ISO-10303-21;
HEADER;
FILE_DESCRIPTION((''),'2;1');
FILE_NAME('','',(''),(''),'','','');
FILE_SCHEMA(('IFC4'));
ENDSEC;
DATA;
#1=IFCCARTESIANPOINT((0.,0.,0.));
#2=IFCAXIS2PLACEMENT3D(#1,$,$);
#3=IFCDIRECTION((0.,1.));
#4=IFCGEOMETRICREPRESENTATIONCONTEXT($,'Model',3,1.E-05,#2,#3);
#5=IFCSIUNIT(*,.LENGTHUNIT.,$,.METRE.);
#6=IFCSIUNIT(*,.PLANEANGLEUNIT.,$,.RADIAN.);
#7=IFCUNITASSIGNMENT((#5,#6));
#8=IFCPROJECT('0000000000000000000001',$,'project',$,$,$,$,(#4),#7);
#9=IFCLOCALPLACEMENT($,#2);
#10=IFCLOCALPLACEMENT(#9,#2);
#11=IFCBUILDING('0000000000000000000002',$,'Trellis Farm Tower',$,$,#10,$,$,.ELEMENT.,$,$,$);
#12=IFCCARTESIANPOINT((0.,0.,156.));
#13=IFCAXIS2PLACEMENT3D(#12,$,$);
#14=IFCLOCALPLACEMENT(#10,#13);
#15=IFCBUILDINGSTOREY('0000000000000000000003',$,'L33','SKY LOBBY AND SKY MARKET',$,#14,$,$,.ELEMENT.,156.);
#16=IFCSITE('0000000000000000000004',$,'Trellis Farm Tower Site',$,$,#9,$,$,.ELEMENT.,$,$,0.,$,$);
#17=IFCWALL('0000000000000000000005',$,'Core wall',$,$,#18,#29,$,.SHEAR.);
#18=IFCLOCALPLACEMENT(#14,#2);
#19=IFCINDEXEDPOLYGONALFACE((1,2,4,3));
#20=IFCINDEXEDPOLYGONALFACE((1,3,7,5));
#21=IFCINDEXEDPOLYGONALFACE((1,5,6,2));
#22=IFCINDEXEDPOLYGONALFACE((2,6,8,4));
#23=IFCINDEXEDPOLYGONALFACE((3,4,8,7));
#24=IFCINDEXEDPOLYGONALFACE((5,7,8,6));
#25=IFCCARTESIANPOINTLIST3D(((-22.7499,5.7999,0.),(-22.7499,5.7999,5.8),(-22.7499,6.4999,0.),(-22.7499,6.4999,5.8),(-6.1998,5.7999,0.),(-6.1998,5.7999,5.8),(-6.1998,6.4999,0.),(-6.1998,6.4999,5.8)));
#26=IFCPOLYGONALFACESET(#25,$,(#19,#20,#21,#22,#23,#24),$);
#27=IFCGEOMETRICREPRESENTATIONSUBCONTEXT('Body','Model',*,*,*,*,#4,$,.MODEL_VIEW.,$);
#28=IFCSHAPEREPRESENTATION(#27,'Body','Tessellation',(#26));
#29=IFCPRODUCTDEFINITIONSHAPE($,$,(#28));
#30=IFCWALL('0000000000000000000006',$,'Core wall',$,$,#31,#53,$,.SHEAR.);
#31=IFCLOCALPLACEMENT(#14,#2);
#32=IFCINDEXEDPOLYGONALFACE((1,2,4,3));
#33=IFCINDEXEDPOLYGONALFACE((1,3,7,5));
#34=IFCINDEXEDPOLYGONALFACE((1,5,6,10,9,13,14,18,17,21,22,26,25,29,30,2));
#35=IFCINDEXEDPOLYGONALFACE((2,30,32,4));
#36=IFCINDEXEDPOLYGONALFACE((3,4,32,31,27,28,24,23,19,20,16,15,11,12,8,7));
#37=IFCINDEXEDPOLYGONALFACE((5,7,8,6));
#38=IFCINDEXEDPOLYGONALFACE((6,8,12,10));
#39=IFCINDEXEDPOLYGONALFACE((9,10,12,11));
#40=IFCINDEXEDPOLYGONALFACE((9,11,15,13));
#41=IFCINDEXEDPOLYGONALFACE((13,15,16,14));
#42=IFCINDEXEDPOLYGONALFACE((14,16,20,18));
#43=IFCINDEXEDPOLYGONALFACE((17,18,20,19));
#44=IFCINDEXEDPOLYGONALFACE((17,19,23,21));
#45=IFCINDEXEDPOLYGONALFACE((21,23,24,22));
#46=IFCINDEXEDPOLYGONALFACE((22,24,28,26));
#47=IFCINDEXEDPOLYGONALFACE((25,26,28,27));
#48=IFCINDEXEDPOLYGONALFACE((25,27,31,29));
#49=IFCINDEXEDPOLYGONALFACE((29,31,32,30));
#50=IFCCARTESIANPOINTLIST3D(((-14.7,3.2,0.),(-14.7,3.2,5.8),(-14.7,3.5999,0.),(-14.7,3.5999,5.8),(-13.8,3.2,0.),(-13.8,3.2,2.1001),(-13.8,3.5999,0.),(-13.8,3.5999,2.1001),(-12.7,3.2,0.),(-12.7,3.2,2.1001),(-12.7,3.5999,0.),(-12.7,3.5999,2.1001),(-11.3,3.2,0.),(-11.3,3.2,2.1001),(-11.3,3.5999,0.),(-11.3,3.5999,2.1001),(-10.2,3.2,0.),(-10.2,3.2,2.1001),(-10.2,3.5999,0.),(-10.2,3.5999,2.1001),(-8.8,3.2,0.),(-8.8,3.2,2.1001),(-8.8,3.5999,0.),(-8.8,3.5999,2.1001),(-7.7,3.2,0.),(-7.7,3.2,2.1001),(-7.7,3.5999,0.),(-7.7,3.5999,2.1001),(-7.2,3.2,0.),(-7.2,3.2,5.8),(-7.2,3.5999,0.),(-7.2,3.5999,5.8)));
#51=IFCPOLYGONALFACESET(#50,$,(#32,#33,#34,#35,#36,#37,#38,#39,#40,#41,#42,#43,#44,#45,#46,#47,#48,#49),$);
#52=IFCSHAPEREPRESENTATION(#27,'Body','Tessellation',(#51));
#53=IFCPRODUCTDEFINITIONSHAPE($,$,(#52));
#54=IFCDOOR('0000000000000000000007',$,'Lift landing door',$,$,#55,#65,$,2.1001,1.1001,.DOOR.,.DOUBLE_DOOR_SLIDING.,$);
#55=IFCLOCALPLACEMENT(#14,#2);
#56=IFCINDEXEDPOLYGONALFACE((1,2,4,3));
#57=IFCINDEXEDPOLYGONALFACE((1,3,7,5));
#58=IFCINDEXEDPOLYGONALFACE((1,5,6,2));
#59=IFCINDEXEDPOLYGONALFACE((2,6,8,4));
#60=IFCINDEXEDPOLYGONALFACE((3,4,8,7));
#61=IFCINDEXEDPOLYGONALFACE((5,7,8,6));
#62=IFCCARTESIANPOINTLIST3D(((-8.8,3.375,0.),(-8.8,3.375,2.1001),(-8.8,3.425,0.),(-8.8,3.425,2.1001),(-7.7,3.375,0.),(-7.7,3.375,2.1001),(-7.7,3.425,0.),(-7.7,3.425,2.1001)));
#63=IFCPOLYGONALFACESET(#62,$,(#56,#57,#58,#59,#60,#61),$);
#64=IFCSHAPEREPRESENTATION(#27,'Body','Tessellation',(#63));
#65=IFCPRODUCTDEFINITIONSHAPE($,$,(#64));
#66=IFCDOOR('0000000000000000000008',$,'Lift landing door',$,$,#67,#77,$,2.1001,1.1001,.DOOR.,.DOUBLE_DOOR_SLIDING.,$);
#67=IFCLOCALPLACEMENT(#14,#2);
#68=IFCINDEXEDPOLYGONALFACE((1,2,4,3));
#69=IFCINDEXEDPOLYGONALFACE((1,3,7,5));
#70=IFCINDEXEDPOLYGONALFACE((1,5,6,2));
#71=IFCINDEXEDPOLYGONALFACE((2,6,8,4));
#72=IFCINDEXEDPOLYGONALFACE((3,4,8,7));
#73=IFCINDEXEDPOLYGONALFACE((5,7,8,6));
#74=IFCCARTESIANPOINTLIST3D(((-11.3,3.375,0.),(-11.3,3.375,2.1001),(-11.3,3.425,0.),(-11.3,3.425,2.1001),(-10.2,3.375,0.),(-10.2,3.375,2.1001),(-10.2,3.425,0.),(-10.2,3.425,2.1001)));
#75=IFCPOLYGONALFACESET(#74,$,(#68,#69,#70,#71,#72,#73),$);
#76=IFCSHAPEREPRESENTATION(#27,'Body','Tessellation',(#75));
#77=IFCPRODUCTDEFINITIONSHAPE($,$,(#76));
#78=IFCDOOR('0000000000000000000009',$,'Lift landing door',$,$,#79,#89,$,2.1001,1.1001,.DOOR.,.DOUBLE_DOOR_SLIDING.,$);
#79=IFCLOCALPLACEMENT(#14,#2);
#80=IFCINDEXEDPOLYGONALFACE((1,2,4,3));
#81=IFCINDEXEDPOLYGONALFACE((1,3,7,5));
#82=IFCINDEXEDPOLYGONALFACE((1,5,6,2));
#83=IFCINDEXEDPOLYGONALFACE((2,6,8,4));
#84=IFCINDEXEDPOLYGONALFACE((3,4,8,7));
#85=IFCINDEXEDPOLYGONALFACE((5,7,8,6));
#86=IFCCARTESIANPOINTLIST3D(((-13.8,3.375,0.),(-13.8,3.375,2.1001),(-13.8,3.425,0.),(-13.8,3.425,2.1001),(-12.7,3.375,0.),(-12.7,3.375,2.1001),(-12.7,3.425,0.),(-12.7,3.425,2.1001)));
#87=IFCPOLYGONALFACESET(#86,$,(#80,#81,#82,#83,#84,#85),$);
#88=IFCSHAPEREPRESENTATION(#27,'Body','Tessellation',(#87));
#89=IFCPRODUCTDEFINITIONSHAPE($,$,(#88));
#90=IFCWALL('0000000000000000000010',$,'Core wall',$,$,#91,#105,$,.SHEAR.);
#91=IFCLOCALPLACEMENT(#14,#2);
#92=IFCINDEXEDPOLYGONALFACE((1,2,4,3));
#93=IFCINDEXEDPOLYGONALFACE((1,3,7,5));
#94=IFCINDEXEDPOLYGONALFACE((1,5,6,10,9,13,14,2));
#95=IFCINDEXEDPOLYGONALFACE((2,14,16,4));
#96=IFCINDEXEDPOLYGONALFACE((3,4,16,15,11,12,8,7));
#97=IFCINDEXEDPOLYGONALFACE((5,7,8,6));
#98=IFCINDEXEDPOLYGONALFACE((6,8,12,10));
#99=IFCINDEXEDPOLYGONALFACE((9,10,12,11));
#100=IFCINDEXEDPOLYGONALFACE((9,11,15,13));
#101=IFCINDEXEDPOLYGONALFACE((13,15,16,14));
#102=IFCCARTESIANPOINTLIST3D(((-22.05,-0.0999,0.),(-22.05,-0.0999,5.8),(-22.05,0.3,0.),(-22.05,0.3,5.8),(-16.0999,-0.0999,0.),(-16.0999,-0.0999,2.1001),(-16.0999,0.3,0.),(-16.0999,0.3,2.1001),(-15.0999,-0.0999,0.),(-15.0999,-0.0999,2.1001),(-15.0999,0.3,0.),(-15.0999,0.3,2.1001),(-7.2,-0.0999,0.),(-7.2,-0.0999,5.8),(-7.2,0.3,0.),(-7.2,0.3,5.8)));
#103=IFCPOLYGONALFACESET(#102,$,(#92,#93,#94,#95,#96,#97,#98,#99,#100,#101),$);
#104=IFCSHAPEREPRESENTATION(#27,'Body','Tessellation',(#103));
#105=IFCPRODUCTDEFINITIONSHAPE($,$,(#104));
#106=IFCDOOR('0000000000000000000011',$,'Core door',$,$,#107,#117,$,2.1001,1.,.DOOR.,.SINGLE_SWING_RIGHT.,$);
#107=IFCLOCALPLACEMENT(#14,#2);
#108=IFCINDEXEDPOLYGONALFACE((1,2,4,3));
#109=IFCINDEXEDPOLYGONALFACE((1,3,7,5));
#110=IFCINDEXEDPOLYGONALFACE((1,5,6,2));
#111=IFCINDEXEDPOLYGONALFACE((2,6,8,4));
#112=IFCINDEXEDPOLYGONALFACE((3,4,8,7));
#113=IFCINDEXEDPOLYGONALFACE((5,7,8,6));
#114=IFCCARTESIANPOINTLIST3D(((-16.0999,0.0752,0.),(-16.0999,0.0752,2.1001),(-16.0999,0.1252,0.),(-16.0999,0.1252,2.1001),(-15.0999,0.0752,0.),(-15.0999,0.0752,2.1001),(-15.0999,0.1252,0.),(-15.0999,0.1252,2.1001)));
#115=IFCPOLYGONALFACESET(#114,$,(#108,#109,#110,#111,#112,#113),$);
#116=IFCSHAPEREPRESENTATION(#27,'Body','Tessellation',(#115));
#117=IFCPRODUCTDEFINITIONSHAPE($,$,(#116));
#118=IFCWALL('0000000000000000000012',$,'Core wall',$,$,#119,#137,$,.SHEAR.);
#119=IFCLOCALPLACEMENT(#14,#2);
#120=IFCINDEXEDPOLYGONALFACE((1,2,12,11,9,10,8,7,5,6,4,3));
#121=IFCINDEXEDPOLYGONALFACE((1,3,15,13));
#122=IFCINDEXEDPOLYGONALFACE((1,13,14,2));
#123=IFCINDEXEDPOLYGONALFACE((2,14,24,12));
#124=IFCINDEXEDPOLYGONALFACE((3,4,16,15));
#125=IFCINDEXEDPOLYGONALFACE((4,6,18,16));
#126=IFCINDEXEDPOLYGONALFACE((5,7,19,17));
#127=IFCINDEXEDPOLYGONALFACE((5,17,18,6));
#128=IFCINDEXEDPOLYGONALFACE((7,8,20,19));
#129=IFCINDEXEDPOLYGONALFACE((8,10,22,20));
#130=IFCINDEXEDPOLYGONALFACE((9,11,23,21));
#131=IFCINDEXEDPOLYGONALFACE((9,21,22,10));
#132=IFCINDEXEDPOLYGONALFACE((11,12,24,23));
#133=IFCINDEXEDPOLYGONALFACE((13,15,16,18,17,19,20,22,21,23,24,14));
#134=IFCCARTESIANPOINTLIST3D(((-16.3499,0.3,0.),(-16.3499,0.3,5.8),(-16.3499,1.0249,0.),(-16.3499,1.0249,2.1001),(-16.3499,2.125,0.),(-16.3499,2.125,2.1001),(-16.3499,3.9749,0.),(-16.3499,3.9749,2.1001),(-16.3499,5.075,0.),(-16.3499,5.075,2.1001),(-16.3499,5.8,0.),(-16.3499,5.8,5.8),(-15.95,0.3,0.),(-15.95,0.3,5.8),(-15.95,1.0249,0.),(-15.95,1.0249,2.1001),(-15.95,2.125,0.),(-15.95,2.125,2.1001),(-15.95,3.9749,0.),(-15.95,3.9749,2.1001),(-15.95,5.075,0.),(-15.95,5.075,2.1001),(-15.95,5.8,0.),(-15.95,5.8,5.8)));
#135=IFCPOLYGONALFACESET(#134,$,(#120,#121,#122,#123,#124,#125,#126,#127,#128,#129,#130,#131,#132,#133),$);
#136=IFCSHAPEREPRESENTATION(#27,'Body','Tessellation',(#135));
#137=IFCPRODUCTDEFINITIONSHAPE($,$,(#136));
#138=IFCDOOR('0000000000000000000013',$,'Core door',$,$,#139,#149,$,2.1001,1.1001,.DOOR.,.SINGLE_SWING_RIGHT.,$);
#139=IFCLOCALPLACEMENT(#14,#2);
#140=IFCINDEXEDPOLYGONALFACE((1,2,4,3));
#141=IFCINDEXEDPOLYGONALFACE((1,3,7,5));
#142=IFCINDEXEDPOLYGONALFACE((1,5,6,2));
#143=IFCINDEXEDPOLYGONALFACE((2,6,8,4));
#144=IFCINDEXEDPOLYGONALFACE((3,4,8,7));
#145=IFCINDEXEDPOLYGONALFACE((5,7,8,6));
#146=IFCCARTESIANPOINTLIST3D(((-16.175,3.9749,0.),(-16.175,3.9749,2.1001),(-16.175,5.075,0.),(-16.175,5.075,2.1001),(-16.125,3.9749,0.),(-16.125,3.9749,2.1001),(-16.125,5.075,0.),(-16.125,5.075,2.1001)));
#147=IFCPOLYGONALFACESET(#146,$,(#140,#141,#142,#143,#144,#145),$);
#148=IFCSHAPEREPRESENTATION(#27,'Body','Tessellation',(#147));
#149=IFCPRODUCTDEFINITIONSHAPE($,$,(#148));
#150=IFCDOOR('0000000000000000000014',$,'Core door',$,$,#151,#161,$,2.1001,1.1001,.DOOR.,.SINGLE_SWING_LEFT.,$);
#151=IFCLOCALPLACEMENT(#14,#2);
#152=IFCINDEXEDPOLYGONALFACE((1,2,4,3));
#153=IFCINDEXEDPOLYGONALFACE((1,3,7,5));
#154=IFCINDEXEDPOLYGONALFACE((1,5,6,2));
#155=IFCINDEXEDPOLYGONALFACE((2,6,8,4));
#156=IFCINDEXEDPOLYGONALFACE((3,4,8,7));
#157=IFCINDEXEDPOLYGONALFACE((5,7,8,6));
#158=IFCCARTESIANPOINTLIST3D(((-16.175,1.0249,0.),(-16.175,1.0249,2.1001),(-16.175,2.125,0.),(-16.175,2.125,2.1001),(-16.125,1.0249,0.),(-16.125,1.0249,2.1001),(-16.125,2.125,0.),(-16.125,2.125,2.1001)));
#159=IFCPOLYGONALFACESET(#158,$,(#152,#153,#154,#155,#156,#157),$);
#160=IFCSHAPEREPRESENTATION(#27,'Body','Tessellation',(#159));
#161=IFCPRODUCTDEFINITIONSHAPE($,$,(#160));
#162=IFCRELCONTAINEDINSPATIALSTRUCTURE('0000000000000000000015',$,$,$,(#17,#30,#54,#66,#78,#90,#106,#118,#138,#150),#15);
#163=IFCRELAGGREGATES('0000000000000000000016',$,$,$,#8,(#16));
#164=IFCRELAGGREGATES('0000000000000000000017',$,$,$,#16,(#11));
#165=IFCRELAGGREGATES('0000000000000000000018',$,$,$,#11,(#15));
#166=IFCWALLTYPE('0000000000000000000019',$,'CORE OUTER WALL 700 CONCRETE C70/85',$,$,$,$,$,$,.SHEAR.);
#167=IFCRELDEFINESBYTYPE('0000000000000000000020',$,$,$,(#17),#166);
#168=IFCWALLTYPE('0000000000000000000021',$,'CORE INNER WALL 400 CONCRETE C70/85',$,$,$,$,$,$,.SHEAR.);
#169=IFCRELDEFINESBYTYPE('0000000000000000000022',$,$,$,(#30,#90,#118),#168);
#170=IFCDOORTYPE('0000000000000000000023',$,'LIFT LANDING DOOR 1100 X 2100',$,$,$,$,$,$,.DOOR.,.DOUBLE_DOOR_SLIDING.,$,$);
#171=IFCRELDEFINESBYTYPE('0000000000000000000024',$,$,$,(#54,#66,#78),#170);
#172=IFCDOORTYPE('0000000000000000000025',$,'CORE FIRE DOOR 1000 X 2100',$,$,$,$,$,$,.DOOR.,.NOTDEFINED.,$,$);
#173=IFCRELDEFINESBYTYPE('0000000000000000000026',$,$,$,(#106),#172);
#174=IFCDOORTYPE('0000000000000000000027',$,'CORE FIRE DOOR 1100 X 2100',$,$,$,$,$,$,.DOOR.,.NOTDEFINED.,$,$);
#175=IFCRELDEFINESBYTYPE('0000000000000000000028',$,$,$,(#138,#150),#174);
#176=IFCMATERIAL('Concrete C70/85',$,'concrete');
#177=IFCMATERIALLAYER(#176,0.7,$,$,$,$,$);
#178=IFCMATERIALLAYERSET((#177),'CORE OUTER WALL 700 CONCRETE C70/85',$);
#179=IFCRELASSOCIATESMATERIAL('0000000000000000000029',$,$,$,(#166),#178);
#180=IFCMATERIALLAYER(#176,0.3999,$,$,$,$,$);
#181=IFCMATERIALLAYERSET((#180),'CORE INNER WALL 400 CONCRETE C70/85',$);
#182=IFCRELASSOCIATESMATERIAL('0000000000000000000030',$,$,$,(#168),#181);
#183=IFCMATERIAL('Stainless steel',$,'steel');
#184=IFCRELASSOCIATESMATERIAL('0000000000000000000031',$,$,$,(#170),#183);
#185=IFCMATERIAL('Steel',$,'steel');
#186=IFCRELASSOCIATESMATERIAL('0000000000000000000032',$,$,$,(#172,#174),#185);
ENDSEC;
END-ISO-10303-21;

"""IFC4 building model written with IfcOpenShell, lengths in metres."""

from ifc_helpers import new_model, si_unit, direction, frame, frame_2d, origin, place, context, subcontext, project, spatial, rectangle, extrude, source, transform, mapped, material, layer, layer_set, type_object, element, fill, save


model = new_model("IFC4")

# Units and contexts
model_context = context("Model", 3, precision=1e-05, world=origin(), true_north=direction((0.0, 1.0)))
body_context = subcontext(model_context, "Body", "Model", "MODEL_VIEW")
ifc_project = project(units=[si_unit("LENGTHUNIT", "METRE"), si_unit("PLANEANGLEUNIT", "RADIAN")], contexts=[model_context])

# Site, building, storey
site_placement = place(None, origin())
site = spatial("IfcSite", under=ifc_project, at=site_placement, Name="Trellis Farm Tower Site", CompositionType="ELEMENT", RefElevation=0.0)
building_placement = place(site_placement, origin())
building = spatial("IfcBuilding", under=site, at=building_placement, Name="Trellis Farm Tower", CompositionType="ELEMENT")
storey_placement = place(building_placement, frame((0.0, 0.0, 156.0)))
storey = spatial("IfcBuildingStorey", under=building, at=storey_placement, Name="L33", Description="SKY LOBBY AND SKY MARKET", CompositionType="ELEMENT", Elevation=156.0)

# Shared definitions
ifc_material_1 = material(Name="Concrete C70/85", Category="concrete")

# Shared definitions
ifc_layer_1 = layer(ifc_material_1, 0.7)
ifc_layer_set_1 = layer_set([ifc_layer_1], Name="CORE OUTER WALL 700 CONCRETE C70/85")
wall_type_1 = type_object("IfcWallType", Name="CORE OUTER WALL 700 CONCRETE C70/85", PredefinedType="SHEAR", material=ifc_layer_set_1)
ifc_material_2 = material(Name="Steel", Category="steel")

# Wall
ifc_layer_2 = layer(ifc_material_1, 0.3999)
ifc_layer_set_2 = layer_set([ifc_layer_2], Name="CORE INNER WALL 400 CONCRETE C70/85")
wall_type_2 = type_object("IfcWallType", Name="CORE INNER WALL 400 CONCRETE C70/85", PredefinedType="SHEAR", material=ifc_layer_set_2)
shared_shape_1 = source(origin(), body_context, "Body", "SweptSolid", [
    extrude(rectangle(XDim=16.55, YDim=0.7, at=frame_2d((8.2749, 0.0))), origin(), (0.0, 0.0, 1.0), 5.8),
])
wall_1_placement = place(storey_placement, frame((-6.2, 6.1499, 0.0), z_axis=(0.0, 0.0, 1.0), x_axis=(-1.0, 0.0, 0.0)))
element("IfcWall", 1, at=wall_1_placement, inside=storey, type_object=wall_type_1, Name="Core wall", PredefinedType="SHEAR", context=body_context, shape_type="MappedRepresentation", body=[
    mapped(shared_shape_1, transform((0.0, 0.0, 0.0))),
])

# Wall, openings, doors
shared_shape_2 = source(origin(), body_context, "Body", "SweptSolid", [
    extrude(rectangle(XDim=7.5, YDim=0.3999, at=frame_2d((3.75, 0.0))), origin(), (0.0, 0.0, 1.0), 5.8),
])
wall_2_placement = place(storey_placement, frame((-7.2, 3.3999, 0.0), z_axis=(0.0, 0.0, 1.0), x_axis=(-1.0, 0.0, 0.0)))
wall_2 = element("IfcWall", 2, at=wall_2_placement, inside=storey, type_object=wall_type_2, Name="Core wall", PredefinedType="SHEAR", context=body_context, shape_type="MappedRepresentation", body=[
    mapped(shared_shape_2, transform((0.0, 0.0, 0.0))),
])
shared_shape_3 = source(origin(), body_context, "Body", "SweptSolid", [
    extrude(rectangle(XDim=1.1001, YDim=2.1001, at=frame_2d((0.55, 1.05))), frame((0.0, 0.21, 0.0), z_axis=(0.0, -1.0, 0.0), x_axis=(1.0, 0.0, 0.0)), (0.0, 0.0, 1.0), 0.4199),
])
opening_1_placement = place(wall_2_placement, frame((0.5, 0.0, 0.0)))
opening_1 = element("IfcOpeningElement", 3, at=opening_1_placement, cuts=wall_2, PredefinedType="OPENING", context=body_context, shape_type="MappedRepresentation", body=[
    mapped(shared_shape_3, transform((0.0, 0.0, 0.0))),
])
opening_2_placement = place(wall_2_placement, frame((3.0, 0.0, 0.0)))
opening_2 = element("IfcOpeningElement", 4, at=opening_2_placement, cuts=wall_2, PredefinedType="OPENING", context=body_context, shape_type="MappedRepresentation", body=[
    mapped(shared_shape_3, transform((0.0, 0.0, 0.0))),
])
opening_3_placement = place(wall_2_placement, frame((5.5, 0.0, 0.0)))
opening_3 = element("IfcOpeningElement", 5, at=opening_3_placement, cuts=wall_2, PredefinedType="OPENING", context=body_context, shape_type="MappedRepresentation", body=[
    mapped(shared_shape_3, transform((0.0, 0.0, 0.0))),
])
ifc_material_3 = material(Name="Stainless steel", Category="steel")
door_type_1 = type_object("IfcDoorType", Name="LIFT LANDING DOOR 1100 X 2100", OperationType="DOUBLE_DOOR_SLIDING", PredefinedType="DOOR", material=ifc_material_3)
shared_shape_4 = source(origin(), body_context, "Body", "SweptSolid", [
    extrude(rectangle(XDim=1.1001, YDim=2.1001, at=frame_2d((0.55, 1.05))), frame((0.0, 0.0249, 0.0), z_axis=(0.0, -1.0, 0.0), x_axis=(1.0, 0.0, 0.0)), (0.0, 0.0, 1.0), 0.05),
])
door_1_placement = place(opening_1_placement, origin())
door_1 = element("IfcDoor", 6, at=door_1_placement, inside=storey, type_object=door_type_1, Name="Lift landing door", OperationType="DOUBLE_DOOR_SLIDING", OverallHeight=2.1001, OverallWidth=1.1001, PredefinedType="DOOR", context=body_context, shape_type="MappedRepresentation", body=[
    mapped(shared_shape_4, transform((0.0, 0.0, 0.0))),
])
fill(opening_1, door_1)
door_2_placement = place(opening_2_placement, origin())
door_2 = element("IfcDoor", 7, at=door_2_placement, inside=storey, type_object=door_type_1, Name="Lift landing door", OperationType="DOUBLE_DOOR_SLIDING", OverallHeight=2.1001, OverallWidth=1.1001, PredefinedType="DOOR", context=body_context, shape_type="MappedRepresentation", body=[
    mapped(shared_shape_4, transform((0.0, 0.0, 0.0))),
])
fill(opening_2, door_2)
door_3_placement = place(opening_3_placement, origin())
door_3 = element("IfcDoor", 8, at=door_3_placement, inside=storey, type_object=door_type_1, Name="Lift landing door", OperationType="DOUBLE_DOOR_SLIDING", OverallHeight=2.1001, OverallWidth=1.1001, PredefinedType="DOOR", context=body_context, shape_type="MappedRepresentation", body=[
    mapped(shared_shape_4, transform((0.0, 0.0, 0.0))),
])
fill(opening_3, door_3)

# Wall, opening, door
shared_shape_5 = source(origin(), body_context, "Body", "SweptSolid", [
    extrude(rectangle(XDim=14.8501, YDim=0.3999, at=frame_2d((7.425, 0.0))), origin(), (0.0, 0.0, 1.0), 5.8),
])
wall_3_placement = place(storey_placement, frame((-7.2, 0.1001, 0.0), z_axis=(0.0, 0.0, 1.0), x_axis=(-1.0, 0.0, 0.0)))
wall_3 = element("IfcWall", 9, at=wall_3_placement, inside=storey, type_object=wall_type_2, Name="Core wall", PredefinedType="SHEAR", context=body_context, shape_type="MappedRepresentation", body=[
    mapped(shared_shape_5, transform((0.0, 0.0, 0.0))),
])
shared_shape_6 = source(origin(), body_context, "Body", "SweptSolid", [
    extrude(rectangle(XDim=1.0, YDim=2.1001, at=frame_2d((0.5, 1.05))), frame((0.0, 0.21, 0.0), z_axis=(0.0, -1.0, 0.0), x_axis=(1.0, 0.0, 0.0)), (0.0, 0.0, 1.0), 0.4199),
])
opening_4_placement = place(wall_3_placement, frame((7.8999, 0.0, 0.0)))
opening_4 = element("IfcOpeningElement", 10, at=opening_4_placement, cuts=wall_3, PredefinedType="OPENING", context=body_context, shape_type="MappedRepresentation", body=[
    mapped(shared_shape_6, transform((0.0, 0.0, 0.0))),
])
door_type_2 = type_object("IfcDoorType", Name="CORE FIRE DOOR 1000 X 2100", OperationType="NOTDEFINED", PredefinedType="DOOR", material=ifc_material_2)
shared_shape_7 = source(origin(), body_context, "Body", "SweptSolid", [
    extrude(rectangle(XDim=1.0, YDim=2.1001, at=frame_2d((0.5, 1.05))), frame((0.0, 0.0249, 0.0), z_axis=(0.0, -1.0, 0.0), x_axis=(1.0, 0.0, 0.0)), (0.0, 0.0, 1.0), 0.05),
])
door_4_placement = place(opening_4_placement, origin())
door_4 = element("IfcDoor", 11, at=door_4_placement, inside=storey, type_object=door_type_2, Name="Core door", OperationType="SINGLE_SWING_RIGHT", OverallHeight=2.1001, OverallWidth=1.0, PredefinedType="DOOR", context=body_context, shape_type="MappedRepresentation", body=[
    mapped(shared_shape_7, transform((0.0, 0.0, 0.0))),
])
fill(opening_4, door_4)

# Wall, openings, doors
shared_shape_8 = source(origin(), body_context, "Body", "SweptSolid", [
    extrude(rectangle(XDim=5.5, YDim=0.3999, at=frame_2d((2.75, 0.0))), origin(), (0.0, 0.0, 1.0), 5.8),
])
wall_4_placement = place(storey_placement, frame((-16.1499, 5.8, 0.0), z_axis=(0.0, 0.0, 1.0), x_axis=(0.0, -1.0, 0.0)))
wall_4 = element("IfcWall", 12, at=wall_4_placement, inside=storey, type_object=wall_type_2, Name="Core wall", PredefinedType="SHEAR", context=body_context, shape_type="MappedRepresentation", body=[
    mapped(shared_shape_8, transform((0.0, 0.0, 0.0))),
])
opening_5_placement = place(wall_4_placement, frame((0.7251, 0.0, 0.0)))
opening_5 = element("IfcOpeningElement", 13, at=opening_5_placement, cuts=wall_4, PredefinedType="OPENING", context=body_context, shape_type="MappedRepresentation", body=[
    mapped(shared_shape_3, transform((0.0, 0.0, 0.0))),
])
opening_6_placement = place(wall_4_placement, frame((3.675, 0.0, 0.0)))
opening_6 = element("IfcOpeningElement", 14, at=opening_6_placement, cuts=wall_4, PredefinedType="OPENING", context=body_context, shape_type="MappedRepresentation", body=[
    mapped(shared_shape_3, transform((0.0, 0.0, 0.0))),
])
door_type_3 = type_object("IfcDoorType", Name="CORE FIRE DOOR 1100 X 2100", OperationType="NOTDEFINED", PredefinedType="DOOR", material=ifc_material_2)
door_5_placement = place(opening_5_placement, origin())
door_5 = element("IfcDoor", 15, at=door_5_placement, inside=storey, type_object=door_type_3, Name="Core door", OperationType="SINGLE_SWING_RIGHT", OverallHeight=2.1001, OverallWidth=1.1001, PredefinedType="DOOR", context=body_context, shape_type="MappedRepresentation", body=[
    mapped(shared_shape_4, transform((0.0, 0.0, 0.0))),
])
fill(opening_5, door_5)
door_6_placement = place(opening_6_placement, origin())
door_6 = element("IfcDoor", 16, at=door_6_placement, inside=storey, type_object=door_type_3, Name="Core door", OperationType="SINGLE_SWING_LEFT", OverallHeight=2.1001, OverallWidth=1.1001, PredefinedType="DOOR", context=body_context, shape_type="MappedRepresentation", body=[
    mapped(shared_shape_4, transform((0.0, 0.0, 0.0))),
])
fill(opening_6, door_6)

save(model, "model.ifc")
